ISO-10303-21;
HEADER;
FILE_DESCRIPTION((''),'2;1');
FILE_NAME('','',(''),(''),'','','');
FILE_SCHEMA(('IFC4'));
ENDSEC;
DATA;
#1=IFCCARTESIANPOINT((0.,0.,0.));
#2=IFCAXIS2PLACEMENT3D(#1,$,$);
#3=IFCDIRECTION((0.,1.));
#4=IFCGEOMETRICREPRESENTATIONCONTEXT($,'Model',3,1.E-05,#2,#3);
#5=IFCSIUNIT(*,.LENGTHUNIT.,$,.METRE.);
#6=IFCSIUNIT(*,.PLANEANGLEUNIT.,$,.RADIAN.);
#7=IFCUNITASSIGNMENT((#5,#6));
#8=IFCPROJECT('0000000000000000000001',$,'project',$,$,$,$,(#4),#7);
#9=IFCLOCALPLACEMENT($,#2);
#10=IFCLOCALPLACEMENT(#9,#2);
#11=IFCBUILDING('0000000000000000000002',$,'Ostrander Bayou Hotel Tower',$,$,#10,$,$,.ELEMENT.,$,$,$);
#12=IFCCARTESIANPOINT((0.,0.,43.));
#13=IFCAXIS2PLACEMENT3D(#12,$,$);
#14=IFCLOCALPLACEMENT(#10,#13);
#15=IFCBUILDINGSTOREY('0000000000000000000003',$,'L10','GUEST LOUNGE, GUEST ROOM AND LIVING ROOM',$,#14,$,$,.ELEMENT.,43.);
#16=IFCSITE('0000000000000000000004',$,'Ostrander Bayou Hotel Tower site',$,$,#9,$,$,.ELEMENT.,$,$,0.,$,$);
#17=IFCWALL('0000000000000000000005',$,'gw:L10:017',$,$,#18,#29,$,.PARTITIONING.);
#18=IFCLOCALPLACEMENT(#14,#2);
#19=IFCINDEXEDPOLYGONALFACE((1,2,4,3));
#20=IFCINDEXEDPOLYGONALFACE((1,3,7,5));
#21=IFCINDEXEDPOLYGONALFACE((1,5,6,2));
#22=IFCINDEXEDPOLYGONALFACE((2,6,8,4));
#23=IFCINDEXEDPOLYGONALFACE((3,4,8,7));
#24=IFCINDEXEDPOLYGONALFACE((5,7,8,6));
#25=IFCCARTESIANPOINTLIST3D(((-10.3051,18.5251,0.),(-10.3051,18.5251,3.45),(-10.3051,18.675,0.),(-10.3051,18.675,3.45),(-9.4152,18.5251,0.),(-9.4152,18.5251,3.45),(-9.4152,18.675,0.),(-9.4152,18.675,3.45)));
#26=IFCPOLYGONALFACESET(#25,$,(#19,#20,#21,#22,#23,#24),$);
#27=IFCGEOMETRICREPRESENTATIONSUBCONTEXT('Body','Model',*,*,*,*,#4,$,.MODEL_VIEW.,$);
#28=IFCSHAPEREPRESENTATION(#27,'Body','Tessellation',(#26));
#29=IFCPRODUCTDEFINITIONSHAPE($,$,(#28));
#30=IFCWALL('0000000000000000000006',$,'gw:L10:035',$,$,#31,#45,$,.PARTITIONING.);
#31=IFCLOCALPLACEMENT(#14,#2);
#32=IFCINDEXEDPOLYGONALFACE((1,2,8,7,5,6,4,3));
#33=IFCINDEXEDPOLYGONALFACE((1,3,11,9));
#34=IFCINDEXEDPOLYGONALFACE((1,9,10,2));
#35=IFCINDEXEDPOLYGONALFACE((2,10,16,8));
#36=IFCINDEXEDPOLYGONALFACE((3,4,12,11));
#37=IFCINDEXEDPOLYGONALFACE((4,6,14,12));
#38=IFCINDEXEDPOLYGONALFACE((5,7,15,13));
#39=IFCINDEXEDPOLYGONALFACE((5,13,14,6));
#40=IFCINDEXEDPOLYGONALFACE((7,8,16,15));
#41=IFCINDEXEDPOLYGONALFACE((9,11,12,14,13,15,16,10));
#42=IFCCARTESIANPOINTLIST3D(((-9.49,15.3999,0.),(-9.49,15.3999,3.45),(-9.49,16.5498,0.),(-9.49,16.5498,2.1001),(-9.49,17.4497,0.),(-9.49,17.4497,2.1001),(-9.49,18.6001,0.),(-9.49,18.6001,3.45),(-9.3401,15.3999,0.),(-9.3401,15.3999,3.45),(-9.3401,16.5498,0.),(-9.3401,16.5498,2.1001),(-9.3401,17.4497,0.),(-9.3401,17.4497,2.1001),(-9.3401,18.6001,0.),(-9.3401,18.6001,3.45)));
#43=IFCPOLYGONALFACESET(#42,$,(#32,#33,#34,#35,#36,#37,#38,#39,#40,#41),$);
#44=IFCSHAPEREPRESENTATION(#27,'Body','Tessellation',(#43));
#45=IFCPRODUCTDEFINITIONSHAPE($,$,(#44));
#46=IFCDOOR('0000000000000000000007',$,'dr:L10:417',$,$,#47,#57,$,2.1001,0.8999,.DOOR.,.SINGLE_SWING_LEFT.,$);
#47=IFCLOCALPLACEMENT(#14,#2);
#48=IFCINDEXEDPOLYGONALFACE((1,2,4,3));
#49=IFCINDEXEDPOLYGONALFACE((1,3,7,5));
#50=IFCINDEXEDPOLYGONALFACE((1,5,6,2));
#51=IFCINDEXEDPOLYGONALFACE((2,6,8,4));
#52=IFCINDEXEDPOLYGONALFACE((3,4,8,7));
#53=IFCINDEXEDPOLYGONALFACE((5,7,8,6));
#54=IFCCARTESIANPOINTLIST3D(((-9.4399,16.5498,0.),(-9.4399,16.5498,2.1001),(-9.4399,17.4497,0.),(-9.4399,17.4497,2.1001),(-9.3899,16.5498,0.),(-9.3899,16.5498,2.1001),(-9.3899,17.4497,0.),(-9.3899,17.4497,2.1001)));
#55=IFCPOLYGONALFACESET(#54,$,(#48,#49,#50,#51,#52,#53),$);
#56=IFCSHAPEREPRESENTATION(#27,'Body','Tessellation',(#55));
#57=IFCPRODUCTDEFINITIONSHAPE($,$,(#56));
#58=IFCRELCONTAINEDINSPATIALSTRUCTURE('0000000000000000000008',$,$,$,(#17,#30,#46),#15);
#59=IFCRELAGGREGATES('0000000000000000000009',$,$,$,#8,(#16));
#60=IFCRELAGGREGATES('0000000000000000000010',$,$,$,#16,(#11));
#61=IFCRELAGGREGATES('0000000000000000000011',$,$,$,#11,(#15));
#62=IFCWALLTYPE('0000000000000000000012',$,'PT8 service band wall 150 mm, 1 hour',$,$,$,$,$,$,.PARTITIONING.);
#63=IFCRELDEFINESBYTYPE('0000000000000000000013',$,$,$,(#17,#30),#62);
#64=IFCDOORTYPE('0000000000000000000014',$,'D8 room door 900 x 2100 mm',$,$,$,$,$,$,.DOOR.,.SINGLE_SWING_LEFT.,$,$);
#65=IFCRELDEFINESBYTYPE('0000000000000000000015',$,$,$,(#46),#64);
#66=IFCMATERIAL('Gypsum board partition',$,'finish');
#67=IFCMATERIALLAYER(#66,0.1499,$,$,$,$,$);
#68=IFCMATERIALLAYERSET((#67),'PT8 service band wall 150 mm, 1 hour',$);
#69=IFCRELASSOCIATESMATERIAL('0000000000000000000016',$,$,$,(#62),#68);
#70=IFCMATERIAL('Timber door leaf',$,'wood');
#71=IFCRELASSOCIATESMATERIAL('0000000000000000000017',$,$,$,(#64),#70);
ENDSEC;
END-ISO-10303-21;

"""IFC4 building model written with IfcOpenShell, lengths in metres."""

from ifc_helpers import new_model, si_unit, direction, frame, frame_2d, origin, place, context, subcontext, project, spatial, rectangle, extrude, material, layer, layer_set, type_object, element, fill, save


model = new_model("IFC4")

# Units and contexts
model_context = context("Model", 3, precision=1e-05, world=origin(), true_north=direction((0.0, 1.0)))
body_context = subcontext(model_context, "Body", "Model", "MODEL_VIEW")
ifc_project = project(units=[si_unit("LENGTHUNIT", "METRE"), si_unit("PLANEANGLEUNIT", "RADIAN")], contexts=[model_context])

# Site, building, storey
site_placement = place(None, origin())
site = spatial("IfcSite", under=ifc_project, at=site_placement, Name="Ostrander Bayou Hotel Tower site", CompositionType="ELEMENT", RefElevation=0.0)
building_placement = place(site_placement, origin())
building = spatial("IfcBuilding", under=site, at=building_placement, Name="Ostrander Bayou Hotel Tower", CompositionType="ELEMENT")
storey_placement = place(building_placement, frame((0.0, 0.0, 43.0)))
storey = spatial("IfcBuildingStorey", under=building, at=storey_placement, Name="L10", Description="GUEST LOUNGE, GUEST ROOM AND LIVING ROOM", CompositionType="ELEMENT", Elevation=43.0)

# Shared definitions
ifc_material_1 = material(Name="Gypsum board partition", Category="finish")
ifc_layer_1 = layer(ifc_material_1, 0.1499)
ifc_layer_set_1 = layer_set([ifc_layer_1], Name="PT8 service band wall 150 mm, 1 hour")
wall_type_1 = type_object("IfcWallType", Name="PT8 service band wall 150 mm, 1 hour", PredefinedType="PARTITIONING", material=ifc_layer_set_1)

# Wall
wall_1_placement = place(storey_placement, frame((-10.3049, 18.6001, 0.0), z_axis=(0.0, 0.0, 1.0), x_axis=(1.0, 0.0, 0.0)))
element("IfcWall", 1, at=wall_1_placement, inside=storey, type_object=wall_type_1, Name="gw:L10:017", PredefinedType="PARTITIONING", context=body_context, shape_type="SweptSolid", body=[
    extrude(rectangle(XDim=0.8899, YDim=0.1499, at=frame_2d((0.4448, 0.0))), origin(), (0.0, 0.0, 1.0), 3.45),
])

# Wall, opening, door
wall_2_placement = place(storey_placement, frame((-9.415, 15.3999, 0.0), z_axis=(0.0, 0.0, 1.0), x_axis=(0.0, 1.0, 0.0)))
wall_2 = element("IfcWall", 2, at=wall_2_placement, inside=storey, type_object=wall_type_1, Name="gw:L10:035", PredefinedType="PARTITIONING", context=body_context, shape_type="SweptSolid", body=[
    extrude(rectangle(XDim=3.2002, YDim=0.1499, at=frame_2d((1.6001, 0.0))), origin(), (0.0, 0.0, 1.0), 3.45),
])
opening_1_placement = place(wall_2_placement, frame((1.1499, 0.0, 0.0)))
opening_1 = element("IfcOpeningElement", 3, at=opening_1_placement, cuts=wall_2, PredefinedType="OPENING", context=body_context, shape_type="SweptSolid", body=[
    extrude(rectangle(XDim=0.8999, YDim=2.1001, at=frame_2d((0.45, 1.05))), frame((0.0, 0.075, 0.0), z_axis=(0.0, -1.0, 0.0), x_axis=(1.0, 0.0, 0.0)), (0.0, 0.0, 1.0), 0.1499),
])
ifc_material_2 = material(Name="Timber door leaf", Category="wood")
door_type_1 = type_object("IfcDoorType", Name="D8 room door 900 x 2100 mm", OperationType="SINGLE_SWING_LEFT", PredefinedType="DOOR", material=ifc_material_2)
door_1_placement = place(opening_1_placement, origin())
door_1 = element("IfcDoor", 4, at=door_1_placement, inside=storey, type_object=door_type_1, Name="dr:L10:417", OperationType="SINGLE_SWING_LEFT", OverallHeight=2.1001, OverallWidth=0.8999, PredefinedType="DOOR", context=body_context, shape_type="SweptSolid", body=[
    extrude(rectangle(XDim=0.8999, YDim=2.1001, at=frame_2d((0.45, 1.05))), frame((0.0, 0.0249, 0.0), z_axis=(0.0, -1.0, 0.0), x_axis=(1.0, 0.0, 0.0)), (0.0, 0.0, 1.0), 0.05),
])
fill(opening_1, door_1)

save(model, "model.ifc")
